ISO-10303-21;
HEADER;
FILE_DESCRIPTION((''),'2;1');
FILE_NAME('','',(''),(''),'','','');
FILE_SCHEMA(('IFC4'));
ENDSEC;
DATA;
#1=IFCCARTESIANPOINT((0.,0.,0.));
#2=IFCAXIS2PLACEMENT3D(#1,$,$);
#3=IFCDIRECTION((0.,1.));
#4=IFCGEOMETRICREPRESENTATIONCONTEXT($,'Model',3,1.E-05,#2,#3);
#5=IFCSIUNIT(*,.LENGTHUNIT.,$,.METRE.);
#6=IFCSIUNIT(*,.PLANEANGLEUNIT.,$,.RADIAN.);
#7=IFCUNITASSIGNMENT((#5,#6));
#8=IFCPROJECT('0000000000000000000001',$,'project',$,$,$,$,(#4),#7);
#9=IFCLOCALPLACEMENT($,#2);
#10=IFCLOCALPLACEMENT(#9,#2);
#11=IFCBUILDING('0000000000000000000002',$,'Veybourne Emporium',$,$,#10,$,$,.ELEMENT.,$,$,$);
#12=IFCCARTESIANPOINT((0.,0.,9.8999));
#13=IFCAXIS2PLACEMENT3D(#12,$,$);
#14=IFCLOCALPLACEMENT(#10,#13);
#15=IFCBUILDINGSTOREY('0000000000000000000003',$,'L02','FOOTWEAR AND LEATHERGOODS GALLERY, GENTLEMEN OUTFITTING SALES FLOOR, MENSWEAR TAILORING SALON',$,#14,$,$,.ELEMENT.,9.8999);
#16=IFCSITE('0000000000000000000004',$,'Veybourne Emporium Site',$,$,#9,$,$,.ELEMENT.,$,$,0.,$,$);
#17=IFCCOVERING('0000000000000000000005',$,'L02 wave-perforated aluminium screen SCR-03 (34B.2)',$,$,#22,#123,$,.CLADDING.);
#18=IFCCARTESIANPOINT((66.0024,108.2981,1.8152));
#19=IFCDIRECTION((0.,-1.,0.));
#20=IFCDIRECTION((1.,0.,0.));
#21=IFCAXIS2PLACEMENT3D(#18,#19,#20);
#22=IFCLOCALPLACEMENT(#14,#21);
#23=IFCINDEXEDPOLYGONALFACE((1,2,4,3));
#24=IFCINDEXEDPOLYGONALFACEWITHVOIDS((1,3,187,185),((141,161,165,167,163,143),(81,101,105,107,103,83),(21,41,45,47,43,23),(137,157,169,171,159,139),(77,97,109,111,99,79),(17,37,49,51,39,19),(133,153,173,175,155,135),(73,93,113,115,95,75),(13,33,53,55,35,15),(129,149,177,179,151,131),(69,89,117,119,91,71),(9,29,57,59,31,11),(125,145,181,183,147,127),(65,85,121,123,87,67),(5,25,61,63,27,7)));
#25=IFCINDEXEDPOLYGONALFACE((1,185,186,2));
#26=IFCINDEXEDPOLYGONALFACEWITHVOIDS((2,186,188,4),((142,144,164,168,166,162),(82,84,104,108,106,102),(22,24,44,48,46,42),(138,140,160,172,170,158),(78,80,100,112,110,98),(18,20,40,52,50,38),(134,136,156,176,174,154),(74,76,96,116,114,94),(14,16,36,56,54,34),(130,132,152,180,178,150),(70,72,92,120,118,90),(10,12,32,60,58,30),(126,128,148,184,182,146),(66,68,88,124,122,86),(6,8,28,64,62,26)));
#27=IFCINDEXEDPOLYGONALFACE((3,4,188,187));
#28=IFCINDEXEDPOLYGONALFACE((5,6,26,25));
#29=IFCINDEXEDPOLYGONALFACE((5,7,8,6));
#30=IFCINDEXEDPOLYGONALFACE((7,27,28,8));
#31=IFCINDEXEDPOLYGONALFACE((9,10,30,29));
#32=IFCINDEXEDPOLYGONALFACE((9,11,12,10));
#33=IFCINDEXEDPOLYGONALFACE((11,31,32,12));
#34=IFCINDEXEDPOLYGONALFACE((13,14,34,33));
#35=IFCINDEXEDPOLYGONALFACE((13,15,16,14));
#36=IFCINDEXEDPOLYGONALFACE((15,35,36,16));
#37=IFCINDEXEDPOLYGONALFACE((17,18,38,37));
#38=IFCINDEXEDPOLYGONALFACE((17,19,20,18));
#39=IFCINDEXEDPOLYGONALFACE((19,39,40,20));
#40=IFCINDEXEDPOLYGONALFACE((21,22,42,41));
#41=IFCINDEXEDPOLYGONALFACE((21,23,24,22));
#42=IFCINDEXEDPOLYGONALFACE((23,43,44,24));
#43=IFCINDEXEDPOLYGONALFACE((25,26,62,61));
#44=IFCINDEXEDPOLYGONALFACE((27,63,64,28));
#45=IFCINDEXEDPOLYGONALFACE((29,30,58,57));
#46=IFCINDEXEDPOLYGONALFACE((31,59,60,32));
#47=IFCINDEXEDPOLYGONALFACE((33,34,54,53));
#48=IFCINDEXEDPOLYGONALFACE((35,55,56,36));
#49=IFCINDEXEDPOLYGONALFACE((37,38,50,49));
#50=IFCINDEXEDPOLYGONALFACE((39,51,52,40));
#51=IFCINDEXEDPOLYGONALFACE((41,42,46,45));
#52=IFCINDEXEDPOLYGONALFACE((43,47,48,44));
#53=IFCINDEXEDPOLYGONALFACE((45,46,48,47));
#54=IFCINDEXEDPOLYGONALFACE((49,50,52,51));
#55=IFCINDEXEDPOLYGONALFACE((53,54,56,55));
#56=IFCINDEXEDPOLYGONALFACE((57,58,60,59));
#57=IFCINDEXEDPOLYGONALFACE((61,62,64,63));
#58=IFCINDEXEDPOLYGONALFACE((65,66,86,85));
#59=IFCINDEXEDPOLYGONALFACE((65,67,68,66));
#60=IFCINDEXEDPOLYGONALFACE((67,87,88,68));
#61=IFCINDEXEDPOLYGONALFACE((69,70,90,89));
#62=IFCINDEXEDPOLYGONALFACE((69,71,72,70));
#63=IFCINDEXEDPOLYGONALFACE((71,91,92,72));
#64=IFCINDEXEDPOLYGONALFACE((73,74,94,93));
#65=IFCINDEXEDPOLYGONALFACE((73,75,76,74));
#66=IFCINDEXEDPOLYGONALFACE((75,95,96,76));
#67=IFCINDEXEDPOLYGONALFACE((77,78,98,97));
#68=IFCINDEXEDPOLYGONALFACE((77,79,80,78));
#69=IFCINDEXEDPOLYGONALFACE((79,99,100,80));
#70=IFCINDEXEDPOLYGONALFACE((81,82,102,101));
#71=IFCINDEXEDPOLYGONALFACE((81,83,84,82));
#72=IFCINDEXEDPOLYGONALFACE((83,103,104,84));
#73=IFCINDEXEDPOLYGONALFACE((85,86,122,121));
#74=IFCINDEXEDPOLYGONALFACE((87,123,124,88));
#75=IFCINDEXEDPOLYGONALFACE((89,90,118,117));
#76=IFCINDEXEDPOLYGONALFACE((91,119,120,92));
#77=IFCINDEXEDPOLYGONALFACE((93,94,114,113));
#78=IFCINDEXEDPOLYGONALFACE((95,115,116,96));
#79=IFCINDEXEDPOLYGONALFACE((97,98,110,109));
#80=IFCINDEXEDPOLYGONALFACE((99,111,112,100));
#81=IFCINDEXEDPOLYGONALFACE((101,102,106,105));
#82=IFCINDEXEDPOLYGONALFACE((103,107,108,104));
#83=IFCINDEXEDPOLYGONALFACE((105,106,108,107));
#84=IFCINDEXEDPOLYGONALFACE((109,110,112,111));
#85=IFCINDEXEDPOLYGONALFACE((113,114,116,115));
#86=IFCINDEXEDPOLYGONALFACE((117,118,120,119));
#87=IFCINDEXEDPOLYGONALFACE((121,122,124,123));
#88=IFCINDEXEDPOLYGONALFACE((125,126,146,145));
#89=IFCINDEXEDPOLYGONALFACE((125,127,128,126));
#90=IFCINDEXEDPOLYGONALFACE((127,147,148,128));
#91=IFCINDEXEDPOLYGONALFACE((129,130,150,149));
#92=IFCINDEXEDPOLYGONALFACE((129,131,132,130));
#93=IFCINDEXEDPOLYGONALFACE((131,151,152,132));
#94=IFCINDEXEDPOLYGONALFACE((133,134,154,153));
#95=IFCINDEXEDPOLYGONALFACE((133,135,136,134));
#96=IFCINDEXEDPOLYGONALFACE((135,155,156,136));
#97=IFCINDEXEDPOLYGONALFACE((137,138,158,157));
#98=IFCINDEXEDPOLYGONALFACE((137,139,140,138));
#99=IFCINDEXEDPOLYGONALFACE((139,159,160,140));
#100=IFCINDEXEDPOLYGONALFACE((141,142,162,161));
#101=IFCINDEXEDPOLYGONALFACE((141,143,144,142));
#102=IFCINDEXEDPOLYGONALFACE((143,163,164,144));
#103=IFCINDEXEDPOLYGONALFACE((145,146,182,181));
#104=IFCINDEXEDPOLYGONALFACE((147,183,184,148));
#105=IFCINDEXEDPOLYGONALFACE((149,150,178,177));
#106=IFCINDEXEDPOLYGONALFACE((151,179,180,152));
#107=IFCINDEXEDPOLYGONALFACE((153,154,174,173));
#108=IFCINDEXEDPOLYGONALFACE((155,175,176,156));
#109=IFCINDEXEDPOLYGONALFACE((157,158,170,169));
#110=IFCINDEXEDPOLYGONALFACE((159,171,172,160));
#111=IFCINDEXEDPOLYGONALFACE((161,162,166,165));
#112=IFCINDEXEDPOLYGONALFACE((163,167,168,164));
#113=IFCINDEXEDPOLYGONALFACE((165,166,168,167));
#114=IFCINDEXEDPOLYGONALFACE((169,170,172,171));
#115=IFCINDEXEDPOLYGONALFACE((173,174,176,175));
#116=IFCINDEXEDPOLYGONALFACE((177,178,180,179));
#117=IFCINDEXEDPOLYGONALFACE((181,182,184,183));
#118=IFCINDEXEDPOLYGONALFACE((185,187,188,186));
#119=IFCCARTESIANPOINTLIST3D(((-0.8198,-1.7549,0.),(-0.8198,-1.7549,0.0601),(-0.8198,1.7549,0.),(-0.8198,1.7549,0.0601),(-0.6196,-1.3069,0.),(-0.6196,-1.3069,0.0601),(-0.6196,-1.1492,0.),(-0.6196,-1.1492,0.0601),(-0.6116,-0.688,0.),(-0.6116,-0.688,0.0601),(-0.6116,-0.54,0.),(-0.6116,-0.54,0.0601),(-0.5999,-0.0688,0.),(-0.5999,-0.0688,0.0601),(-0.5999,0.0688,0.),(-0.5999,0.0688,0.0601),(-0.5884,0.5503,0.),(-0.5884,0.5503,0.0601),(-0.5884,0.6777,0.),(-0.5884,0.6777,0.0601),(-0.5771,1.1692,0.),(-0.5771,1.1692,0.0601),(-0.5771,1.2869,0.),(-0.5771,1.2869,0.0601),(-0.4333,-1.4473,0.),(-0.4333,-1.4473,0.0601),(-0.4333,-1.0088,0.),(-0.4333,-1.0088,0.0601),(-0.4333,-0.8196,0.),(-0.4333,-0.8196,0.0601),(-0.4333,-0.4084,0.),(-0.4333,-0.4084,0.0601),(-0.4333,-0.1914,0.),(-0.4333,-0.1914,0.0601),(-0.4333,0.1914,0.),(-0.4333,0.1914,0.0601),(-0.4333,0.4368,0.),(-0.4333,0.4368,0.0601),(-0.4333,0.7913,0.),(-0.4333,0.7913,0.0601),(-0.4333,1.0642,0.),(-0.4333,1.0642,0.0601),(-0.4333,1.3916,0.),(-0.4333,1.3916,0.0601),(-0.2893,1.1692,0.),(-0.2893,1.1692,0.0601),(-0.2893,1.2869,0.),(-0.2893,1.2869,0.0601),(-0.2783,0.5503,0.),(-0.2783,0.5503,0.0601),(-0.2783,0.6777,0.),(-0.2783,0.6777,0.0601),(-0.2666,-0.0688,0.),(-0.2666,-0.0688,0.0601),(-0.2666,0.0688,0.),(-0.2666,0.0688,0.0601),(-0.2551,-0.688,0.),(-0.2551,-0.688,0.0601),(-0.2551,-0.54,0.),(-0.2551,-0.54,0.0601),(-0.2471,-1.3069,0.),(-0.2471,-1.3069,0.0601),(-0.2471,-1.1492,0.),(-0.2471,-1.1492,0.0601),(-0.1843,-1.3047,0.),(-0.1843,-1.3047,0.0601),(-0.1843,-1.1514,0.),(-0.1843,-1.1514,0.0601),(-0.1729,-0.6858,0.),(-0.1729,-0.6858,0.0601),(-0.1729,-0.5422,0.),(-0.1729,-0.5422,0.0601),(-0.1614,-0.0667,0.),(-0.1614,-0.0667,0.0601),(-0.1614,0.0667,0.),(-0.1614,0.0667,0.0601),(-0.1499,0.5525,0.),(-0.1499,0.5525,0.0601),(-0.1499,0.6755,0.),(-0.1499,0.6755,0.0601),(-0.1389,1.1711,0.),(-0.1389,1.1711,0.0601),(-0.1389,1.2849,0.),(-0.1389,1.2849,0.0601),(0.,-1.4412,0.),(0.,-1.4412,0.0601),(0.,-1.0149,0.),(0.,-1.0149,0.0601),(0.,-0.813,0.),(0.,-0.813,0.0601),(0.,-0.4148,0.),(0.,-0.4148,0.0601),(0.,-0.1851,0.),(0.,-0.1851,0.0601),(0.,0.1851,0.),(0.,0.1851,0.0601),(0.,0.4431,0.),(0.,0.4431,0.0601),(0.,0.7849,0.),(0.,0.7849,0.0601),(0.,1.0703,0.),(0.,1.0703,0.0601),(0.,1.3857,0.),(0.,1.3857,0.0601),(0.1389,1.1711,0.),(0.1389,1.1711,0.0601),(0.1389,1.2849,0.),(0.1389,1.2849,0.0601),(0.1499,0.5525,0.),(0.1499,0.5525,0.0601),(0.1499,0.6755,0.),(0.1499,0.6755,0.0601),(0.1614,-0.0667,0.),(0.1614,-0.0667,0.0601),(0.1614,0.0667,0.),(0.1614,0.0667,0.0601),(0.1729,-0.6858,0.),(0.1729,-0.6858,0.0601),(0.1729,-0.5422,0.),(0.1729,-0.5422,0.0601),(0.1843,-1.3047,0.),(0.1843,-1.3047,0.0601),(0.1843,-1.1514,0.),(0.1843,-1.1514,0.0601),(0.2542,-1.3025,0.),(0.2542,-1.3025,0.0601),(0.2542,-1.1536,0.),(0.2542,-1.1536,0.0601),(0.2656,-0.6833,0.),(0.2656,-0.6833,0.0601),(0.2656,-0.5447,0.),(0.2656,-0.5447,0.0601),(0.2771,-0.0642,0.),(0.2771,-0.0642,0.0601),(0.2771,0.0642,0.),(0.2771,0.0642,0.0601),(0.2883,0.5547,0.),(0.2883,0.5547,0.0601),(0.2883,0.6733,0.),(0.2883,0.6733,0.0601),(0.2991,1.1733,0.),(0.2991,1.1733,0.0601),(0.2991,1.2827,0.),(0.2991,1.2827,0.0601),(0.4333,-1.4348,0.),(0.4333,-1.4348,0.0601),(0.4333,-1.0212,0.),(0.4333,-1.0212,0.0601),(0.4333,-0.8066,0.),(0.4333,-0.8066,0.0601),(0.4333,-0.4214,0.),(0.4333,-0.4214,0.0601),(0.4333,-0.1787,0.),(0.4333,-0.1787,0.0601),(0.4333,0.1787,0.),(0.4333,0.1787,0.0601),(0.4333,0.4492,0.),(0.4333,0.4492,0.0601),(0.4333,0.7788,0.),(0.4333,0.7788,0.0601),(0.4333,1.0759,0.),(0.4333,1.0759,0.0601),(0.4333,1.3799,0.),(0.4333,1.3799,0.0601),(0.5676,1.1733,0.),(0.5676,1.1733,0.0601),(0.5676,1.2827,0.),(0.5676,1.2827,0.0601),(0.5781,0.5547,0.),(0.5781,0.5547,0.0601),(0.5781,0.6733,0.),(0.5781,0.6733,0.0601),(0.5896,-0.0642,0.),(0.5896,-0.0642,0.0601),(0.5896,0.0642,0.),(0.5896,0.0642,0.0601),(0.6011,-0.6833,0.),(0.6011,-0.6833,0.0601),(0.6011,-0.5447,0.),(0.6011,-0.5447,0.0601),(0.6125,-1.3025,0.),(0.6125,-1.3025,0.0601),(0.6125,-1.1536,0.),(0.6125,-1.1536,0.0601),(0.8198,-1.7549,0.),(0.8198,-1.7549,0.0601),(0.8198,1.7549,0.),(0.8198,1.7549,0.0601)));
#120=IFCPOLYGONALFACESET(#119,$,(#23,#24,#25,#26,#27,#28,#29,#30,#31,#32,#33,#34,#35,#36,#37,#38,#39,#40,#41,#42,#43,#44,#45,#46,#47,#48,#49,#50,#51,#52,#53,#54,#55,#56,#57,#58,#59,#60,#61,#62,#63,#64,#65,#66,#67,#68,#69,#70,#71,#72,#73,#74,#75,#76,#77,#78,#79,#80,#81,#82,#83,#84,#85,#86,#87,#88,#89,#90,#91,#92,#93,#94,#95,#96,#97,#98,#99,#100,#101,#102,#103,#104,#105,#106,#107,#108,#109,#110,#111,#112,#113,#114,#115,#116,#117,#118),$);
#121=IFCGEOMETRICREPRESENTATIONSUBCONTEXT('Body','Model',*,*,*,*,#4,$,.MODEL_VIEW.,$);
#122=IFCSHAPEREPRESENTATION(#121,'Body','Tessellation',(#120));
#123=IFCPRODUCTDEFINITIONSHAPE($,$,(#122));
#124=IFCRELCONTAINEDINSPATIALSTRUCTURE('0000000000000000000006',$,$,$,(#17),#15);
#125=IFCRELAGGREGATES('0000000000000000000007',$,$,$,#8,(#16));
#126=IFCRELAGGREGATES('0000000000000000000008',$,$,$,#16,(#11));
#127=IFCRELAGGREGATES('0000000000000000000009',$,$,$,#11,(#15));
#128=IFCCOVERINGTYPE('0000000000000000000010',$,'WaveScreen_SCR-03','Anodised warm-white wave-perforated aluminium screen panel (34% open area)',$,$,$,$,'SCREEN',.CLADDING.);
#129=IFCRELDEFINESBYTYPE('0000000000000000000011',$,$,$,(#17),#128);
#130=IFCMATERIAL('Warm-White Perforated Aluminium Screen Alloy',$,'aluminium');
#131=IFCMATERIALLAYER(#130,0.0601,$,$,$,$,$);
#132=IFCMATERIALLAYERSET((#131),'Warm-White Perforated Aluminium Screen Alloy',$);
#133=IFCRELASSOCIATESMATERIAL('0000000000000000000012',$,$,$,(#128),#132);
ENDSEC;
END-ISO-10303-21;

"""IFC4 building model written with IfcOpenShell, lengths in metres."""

from ifc_helpers import new_model, si_unit, direction, frame, origin, place, context, subcontext, project, spatial, polyline, outline, extrude, material, layer, layer_set, type_object, element, save


model = new_model("IFC4")

# Units and contexts
model_context = context("Model", 3, precision=1e-05, world=origin(), true_north=direction((0.0, 1.0)))
body_context = subcontext(model_context, "Body", "Model", "MODEL_VIEW")
ifc_project = project(units=[si_unit("LENGTHUNIT", "METRE"), si_unit("PLANEANGLEUNIT", "RADIAN")], contexts=[model_context])

# Site, building, storey
site_placement = place(None, origin())
site = spatial("IfcSite", under=ifc_project, at=site_placement, Name="Veybourne Emporium Site", CompositionType="ELEMENT", RefElevation=0.0)
building_placement = place(site_placement, origin())
building = spatial("IfcBuilding", under=site, at=building_placement, Name="Veybourne Emporium", CompositionType="ELEMENT")
storey_placement = place(building_placement, frame((0.0, 0.0, 9.8999)))
storey = spatial("IfcBuildingStorey", under=building, at=storey_placement, Name="L02", Description="FOOTWEAR AND LEATHERGOODS GALLERY, GENTLEMEN OUTFITTING SALES FLOOR, MENSWEAR TAILORING SALON", CompositionType="ELEMENT", Elevation=9.8999)

# Covering
ifc_material_1 = material(Name="Warm-White Perforated Aluminium Screen Alloy", Category="aluminium")
ifc_layer_1 = layer(ifc_material_1, 0.0601)
ifc_layer_set_1 = layer_set([ifc_layer_1], Name="Warm-White Perforated Aluminium Screen Alloy")
covering_type_1 = type_object("IfcCoveringType", Name="WaveScreen_SCR-03", Description="Anodised warm-white wave-perforated aluminium screen panel (34% open area)", ElementType="SCREEN", PredefinedType="CLADDING", material=ifc_layer_set_1)
covering_1_placement = place(storey_placement, frame((66.0024, 108.2981, 1.8152), z_axis=(0.0, -1.0, 0.0), x_axis=(1.0, 0.0, 0.0)))
element("IfcCovering", 1, at=covering_1_placement, inside=storey, type_object=covering_type_1, Name="L02 wave-perforated aluminium screen SCR-03 (34B.2)", PredefinedType="CLADDING", context=body_context, shape_type="SweptSolid", body=[
    extrude(outline(polyline([(-0.8198, -1.7549), (0.8198, -1.7549), (0.8198, 1.7549), (-0.8198, 1.7549), (-0.8198, -1.7549)]), holes=[polyline([(-0.4333, -1.0088), (-0.2471, -1.1492), (-0.2471, -1.3069), (-0.4333, -1.4473), (-0.6196, -1.3069), (-0.6196, -1.1492), (-0.4333, -1.0088)]), polyline([(-0.4333, -0.4084), (-0.2551, -0.54), (-0.2551, -0.688), (-0.4333, -0.8196), (-0.6116, -0.688), (-0.6116, -0.54), (-0.4333, -0.4084)]), polyline([(-0.4333, 0.1914), (-0.2666, 0.0688), (-0.2666, -0.0688), (-0.4333, -0.1914), (-0.5999, -0.0688), (-0.5999, 0.0688), (-0.4333, 0.1914)]), polyline([(-0.4333, 0.7913), (-0.2783, 0.6777), (-0.2783, 0.5503), (-0.4333, 0.4368), (-0.5884, 0.5503), (-0.5884, 0.6777), (-0.4333, 0.7913)]), polyline([(-0.4333, 1.3916), (-0.2893, 1.2869), (-0.2893, 1.1692), (-0.4333, 1.0642), (-0.5771, 1.1692), (-0.5771, 1.2869), (-0.4333, 1.3916)]), polyline([(0.0, -1.0149), (0.1843, -1.1514), (0.1843, -1.3047), (0.0, -1.4412), (-0.1843, -1.3047), (-0.1843, -1.1514), (0.0, -1.0149)]), polyline([(0.0, -0.4148), (0.1729, -0.5422), (0.1729, -0.6858), (0.0, -0.813), (-0.1729, -0.6858), (-0.1729, -0.5422), (0.0, -0.4148)]), polyline([(0.0, 0.1851), (0.1614, 0.0667), (0.1614, -0.0667), (0.0, -0.1851), (-0.1614, -0.0667), (-0.1614, 0.0667), (0.0, 0.1851)]), polyline([(0.0, 0.7849), (0.1499, 0.6755), (0.1499, 0.5525), (0.0, 0.4431), (-0.1499, 0.5525), (-0.1499, 0.6755), (0.0, 0.7849)]), polyline([(0.0, 1.3857), (0.1389, 1.2849), (0.1389, 1.1711), (0.0, 1.0703), (-0.1389, 1.1711), (-0.1389, 1.2849), (0.0, 1.3857)]), polyline([(0.4333, -1.0212), (0.6125, -1.1536), (0.6125, -1.3025), (0.4333, -1.4348), (0.2542, -1.3025), (0.2542, -1.1536), (0.4333, -1.0212)]), polyline([(0.4333, -0.4214), (0.6011, -0.5447), (0.6011, -0.6833), (0.4333, -0.8066), (0.2656, -0.6833), (0.2656, -0.5447), (0.4333, -0.4214)]), polyline([(0.4333, 0.1787), (0.5896, 0.0642), (0.5896, -0.0642), (0.4333, -0.1787), (0.2771, -0.0642), (0.2771, 0.0642), (0.4333, 0.1787)]), polyline([(0.4333, 0.7788), (0.5781, 0.6733), (0.5781, 0.5547), (0.4333, 0.4492), (0.2883, 0.5547), (0.2883, 0.6733), (0.4333, 0.7788)]), polyline([(0.4333, 1.3799), (0.5676, 1.2827), (0.5676, 1.1733), (0.4333, 1.0759), (0.2991, 1.1733), (0.2991, 1.2827), (0.4333, 1.3799)])]), origin(), (0.0, 0.0, 1.0), 0.0601),
])

save(model, "model.ifc")
